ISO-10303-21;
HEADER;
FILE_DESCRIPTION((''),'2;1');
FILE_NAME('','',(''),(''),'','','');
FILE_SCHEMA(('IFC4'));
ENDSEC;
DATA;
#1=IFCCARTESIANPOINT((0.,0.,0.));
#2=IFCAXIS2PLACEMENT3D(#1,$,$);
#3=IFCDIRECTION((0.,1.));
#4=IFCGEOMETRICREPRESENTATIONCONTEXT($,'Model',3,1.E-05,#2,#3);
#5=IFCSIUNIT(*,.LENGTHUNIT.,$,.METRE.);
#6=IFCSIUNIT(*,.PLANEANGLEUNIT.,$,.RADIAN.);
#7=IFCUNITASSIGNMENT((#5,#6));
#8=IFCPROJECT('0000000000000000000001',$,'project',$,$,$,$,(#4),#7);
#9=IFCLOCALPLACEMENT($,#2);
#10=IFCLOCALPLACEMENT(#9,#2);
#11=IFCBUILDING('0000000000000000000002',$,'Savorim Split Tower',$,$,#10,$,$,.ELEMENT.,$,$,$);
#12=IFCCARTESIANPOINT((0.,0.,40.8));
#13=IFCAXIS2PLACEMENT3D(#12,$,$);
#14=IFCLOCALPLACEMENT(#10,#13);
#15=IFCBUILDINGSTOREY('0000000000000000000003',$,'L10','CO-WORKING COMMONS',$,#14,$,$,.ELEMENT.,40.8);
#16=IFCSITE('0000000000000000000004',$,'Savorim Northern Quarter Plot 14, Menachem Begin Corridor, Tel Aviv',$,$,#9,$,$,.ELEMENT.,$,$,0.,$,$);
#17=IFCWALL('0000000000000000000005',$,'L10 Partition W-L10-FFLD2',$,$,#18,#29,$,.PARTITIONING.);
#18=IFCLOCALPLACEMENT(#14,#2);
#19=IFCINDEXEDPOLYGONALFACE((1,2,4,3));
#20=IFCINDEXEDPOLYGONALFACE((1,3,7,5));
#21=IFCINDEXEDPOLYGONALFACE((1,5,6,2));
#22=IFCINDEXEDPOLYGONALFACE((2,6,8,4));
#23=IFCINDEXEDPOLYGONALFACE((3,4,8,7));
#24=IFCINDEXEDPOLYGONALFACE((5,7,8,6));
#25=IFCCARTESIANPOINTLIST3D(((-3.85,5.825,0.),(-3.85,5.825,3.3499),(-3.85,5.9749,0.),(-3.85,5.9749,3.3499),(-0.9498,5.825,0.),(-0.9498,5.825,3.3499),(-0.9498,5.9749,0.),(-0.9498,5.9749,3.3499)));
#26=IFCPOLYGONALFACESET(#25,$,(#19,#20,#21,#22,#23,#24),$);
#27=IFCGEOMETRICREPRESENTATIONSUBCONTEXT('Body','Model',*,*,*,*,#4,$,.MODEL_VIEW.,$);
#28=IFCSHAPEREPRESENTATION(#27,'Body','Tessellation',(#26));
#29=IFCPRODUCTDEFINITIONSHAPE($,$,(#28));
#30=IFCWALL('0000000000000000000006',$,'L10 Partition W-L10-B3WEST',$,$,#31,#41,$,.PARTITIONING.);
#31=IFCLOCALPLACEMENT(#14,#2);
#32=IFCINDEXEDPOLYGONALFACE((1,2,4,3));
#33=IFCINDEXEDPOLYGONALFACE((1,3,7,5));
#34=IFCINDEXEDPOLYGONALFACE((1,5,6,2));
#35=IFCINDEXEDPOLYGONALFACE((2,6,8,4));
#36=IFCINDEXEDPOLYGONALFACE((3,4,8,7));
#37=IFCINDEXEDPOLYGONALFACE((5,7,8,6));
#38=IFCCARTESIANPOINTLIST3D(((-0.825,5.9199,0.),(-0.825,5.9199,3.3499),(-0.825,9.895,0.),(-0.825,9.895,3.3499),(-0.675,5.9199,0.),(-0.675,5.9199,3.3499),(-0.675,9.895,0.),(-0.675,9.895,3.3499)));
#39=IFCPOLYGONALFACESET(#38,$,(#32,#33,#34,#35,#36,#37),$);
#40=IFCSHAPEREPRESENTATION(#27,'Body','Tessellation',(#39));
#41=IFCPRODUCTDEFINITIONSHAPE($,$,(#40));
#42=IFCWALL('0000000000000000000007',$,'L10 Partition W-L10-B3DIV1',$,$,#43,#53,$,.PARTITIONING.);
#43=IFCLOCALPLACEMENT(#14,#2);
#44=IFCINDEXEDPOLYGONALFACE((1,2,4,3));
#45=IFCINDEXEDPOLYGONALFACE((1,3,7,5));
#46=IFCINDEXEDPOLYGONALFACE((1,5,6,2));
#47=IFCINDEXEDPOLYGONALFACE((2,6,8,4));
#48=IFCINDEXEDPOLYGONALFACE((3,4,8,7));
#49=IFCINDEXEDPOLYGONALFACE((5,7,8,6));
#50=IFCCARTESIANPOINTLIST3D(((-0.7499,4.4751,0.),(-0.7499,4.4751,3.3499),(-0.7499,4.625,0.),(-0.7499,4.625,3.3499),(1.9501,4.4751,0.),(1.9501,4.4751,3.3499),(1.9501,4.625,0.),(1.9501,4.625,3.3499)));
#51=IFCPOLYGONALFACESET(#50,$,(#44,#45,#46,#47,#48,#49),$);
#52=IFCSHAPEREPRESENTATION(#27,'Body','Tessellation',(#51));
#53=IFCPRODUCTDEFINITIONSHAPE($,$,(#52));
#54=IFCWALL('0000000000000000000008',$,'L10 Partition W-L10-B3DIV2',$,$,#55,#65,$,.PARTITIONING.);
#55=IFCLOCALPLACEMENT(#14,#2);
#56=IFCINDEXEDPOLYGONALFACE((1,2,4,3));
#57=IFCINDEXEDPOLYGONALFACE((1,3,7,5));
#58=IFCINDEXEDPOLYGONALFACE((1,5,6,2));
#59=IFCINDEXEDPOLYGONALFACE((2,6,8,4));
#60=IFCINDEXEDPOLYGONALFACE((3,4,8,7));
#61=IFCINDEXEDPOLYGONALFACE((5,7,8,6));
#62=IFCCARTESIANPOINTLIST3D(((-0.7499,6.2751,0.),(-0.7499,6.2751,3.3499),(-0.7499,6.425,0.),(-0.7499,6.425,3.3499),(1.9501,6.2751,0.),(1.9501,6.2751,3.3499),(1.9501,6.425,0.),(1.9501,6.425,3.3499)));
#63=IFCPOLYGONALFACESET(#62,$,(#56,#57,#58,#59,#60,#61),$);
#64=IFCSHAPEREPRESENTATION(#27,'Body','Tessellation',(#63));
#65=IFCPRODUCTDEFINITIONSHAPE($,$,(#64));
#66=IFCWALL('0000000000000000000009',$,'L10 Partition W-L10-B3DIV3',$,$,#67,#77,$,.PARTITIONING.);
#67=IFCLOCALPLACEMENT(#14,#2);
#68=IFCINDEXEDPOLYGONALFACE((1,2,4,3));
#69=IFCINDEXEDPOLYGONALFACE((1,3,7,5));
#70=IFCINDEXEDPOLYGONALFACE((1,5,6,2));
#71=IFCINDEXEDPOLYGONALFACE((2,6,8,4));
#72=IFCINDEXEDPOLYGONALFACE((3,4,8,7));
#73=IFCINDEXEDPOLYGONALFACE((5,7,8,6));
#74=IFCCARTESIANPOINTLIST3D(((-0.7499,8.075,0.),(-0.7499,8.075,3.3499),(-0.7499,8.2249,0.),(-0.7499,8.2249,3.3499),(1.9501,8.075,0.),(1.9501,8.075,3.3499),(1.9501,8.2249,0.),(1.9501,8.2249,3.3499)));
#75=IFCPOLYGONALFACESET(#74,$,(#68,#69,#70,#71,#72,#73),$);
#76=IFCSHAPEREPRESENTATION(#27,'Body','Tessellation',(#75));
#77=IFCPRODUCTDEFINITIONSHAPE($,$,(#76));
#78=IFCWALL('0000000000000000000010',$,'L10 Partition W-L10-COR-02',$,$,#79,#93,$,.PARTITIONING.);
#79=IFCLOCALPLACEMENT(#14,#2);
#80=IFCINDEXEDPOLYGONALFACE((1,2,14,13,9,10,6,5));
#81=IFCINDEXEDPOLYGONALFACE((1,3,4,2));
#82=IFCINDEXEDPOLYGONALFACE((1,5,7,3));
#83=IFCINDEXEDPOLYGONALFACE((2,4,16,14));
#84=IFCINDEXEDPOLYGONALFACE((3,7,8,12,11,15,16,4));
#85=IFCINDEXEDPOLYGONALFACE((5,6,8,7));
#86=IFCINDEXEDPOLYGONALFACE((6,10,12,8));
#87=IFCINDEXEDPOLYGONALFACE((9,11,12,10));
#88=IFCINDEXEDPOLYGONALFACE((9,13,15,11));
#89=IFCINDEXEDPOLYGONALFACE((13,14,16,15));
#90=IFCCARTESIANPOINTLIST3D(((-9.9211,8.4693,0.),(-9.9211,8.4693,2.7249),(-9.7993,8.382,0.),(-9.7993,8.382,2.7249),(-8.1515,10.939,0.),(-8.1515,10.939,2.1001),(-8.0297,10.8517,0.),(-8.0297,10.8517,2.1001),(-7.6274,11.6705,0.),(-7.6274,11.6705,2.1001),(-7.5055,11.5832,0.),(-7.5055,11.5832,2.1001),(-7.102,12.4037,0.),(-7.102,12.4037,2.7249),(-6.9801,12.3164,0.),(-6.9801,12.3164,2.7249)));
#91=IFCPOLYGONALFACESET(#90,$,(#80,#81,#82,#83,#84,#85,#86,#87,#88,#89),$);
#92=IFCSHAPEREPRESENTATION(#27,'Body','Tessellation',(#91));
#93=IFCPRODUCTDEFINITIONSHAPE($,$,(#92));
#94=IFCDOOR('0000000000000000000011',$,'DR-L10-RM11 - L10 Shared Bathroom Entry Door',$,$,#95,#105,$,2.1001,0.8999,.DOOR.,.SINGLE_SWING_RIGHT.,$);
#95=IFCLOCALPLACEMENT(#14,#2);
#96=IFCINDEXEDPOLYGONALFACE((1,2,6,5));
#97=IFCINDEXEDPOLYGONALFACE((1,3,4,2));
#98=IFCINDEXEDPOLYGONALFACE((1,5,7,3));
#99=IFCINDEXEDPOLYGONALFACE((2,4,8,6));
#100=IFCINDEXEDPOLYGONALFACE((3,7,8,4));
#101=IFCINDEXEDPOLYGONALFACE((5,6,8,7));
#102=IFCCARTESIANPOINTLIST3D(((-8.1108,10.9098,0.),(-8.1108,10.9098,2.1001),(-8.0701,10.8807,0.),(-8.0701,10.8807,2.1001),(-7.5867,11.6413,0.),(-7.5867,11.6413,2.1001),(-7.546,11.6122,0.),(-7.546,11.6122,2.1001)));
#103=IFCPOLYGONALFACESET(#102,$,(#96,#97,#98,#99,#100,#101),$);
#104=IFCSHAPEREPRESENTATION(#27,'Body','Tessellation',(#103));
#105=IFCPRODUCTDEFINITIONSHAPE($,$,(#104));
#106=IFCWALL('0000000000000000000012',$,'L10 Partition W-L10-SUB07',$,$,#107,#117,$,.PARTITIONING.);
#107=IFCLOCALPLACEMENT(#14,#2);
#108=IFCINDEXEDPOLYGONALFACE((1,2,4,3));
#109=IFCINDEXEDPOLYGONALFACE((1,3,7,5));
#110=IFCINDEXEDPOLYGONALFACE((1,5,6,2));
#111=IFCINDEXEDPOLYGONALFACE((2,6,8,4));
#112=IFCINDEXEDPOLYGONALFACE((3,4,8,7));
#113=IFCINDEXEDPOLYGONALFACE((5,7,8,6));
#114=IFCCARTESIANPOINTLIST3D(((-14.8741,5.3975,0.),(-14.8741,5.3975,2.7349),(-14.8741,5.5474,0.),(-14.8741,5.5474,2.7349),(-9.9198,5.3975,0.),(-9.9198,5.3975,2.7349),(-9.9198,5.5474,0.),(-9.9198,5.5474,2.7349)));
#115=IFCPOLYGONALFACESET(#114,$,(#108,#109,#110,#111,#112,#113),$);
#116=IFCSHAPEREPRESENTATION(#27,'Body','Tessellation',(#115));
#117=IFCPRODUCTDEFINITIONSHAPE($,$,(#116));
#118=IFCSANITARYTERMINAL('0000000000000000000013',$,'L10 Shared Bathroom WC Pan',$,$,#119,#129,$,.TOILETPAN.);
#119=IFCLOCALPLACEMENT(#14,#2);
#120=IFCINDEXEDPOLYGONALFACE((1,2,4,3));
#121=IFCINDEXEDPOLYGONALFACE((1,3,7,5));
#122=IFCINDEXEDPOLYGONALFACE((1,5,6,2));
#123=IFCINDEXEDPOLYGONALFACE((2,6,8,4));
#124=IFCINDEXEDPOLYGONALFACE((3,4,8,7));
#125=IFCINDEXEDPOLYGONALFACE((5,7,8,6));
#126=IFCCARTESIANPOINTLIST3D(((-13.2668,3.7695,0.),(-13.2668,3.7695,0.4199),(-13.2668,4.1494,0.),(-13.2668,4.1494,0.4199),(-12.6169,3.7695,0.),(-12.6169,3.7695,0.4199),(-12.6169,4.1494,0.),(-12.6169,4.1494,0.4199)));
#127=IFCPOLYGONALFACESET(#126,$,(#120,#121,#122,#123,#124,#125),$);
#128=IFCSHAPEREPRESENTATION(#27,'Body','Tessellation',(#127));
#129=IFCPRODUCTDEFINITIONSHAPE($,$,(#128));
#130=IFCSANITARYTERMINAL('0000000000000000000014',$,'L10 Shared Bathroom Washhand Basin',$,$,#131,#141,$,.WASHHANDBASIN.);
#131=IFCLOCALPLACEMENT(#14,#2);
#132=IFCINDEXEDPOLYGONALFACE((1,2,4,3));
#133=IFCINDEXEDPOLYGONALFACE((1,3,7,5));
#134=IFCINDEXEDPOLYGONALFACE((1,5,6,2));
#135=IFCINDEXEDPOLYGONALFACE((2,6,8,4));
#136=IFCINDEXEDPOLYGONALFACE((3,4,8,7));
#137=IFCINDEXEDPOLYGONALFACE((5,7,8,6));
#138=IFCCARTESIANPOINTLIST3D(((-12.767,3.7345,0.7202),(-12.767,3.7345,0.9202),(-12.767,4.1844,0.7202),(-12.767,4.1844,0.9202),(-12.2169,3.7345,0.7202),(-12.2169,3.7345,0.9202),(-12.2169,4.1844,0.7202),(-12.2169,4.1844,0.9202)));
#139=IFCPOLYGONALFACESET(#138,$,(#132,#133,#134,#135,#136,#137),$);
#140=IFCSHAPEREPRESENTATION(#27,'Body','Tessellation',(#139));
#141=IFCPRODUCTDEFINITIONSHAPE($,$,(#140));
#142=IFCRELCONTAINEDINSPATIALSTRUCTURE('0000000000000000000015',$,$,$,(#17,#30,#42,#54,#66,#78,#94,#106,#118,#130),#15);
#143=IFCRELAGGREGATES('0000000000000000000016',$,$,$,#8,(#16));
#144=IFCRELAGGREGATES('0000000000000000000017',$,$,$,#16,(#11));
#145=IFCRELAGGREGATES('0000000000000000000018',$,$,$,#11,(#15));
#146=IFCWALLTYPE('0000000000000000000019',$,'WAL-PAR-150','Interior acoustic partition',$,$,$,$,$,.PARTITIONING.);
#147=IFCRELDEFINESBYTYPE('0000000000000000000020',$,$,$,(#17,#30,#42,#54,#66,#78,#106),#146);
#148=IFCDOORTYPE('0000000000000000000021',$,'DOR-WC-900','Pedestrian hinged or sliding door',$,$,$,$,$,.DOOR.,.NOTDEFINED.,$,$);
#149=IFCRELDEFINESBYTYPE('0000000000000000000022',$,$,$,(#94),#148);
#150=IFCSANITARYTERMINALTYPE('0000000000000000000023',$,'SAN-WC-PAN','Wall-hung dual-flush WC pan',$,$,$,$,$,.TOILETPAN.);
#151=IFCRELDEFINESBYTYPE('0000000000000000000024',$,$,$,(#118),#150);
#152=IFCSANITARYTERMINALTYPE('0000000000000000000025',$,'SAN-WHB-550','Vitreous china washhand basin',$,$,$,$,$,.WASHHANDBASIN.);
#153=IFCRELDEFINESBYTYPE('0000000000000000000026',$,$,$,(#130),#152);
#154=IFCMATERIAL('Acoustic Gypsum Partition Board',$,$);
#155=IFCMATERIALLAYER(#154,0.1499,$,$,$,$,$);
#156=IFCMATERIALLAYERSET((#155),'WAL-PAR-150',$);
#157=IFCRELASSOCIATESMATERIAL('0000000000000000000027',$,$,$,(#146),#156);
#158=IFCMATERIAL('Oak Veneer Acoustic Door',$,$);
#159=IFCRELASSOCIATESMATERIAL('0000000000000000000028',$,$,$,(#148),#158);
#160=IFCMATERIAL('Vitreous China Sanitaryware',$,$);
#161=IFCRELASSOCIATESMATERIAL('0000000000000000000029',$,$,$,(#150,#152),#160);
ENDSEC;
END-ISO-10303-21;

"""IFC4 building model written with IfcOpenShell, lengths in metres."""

from ifc_helpers import new_model, si_unit, direction, frame, frame_2d, origin, origin_2d, place, context, subcontext, project, spatial, rectangle, extrude, material, layer, layer_set, type_object, element, fill, save


model = new_model("IFC4")

# Units and contexts
model_context = context("Model", 3, precision=1e-05, world=origin(), true_north=direction((0.0, 1.0)))
body_context = subcontext(model_context, "Body", "Model", "MODEL_VIEW")
ifc_project = project(units=[si_unit("LENGTHUNIT", "METRE"), si_unit("PLANEANGLEUNIT", "RADIAN")], contexts=[model_context])

# Site, building, storey
site_placement = place(None, origin())
site = spatial("IfcSite", under=ifc_project, at=site_placement, Name="Savorim Northern Quarter Plot 14, Menachem Begin Corridor, Tel Aviv", CompositionType="ELEMENT", RefElevation=0.0)
building_placement = place(site_placement, origin())
building = spatial("IfcBuilding", under=site, at=building_placement, Name="Savorim Split Tower", CompositionType="ELEMENT")
storey_placement = place(building_placement, frame((0.0, 0.0, 40.8)))
storey = spatial("IfcBuildingStorey", under=building, at=storey_placement, Name="L10", Description="CO-WORKING COMMONS", CompositionType="ELEMENT", Elevation=40.8)

# Walls
ifc_material_1 = material(Name="Acoustic Gypsum Partition Board")
ifc_layer_1 = layer(ifc_material_1, 0.1499)
ifc_layer_set_1 = layer_set([ifc_layer_1], Name="WAL-PAR-150")
wall_type_1 = type_object("IfcWallType", Name="WAL-PAR-150", Description="Interior acoustic partition", PredefinedType="PARTITIONING", material=ifc_layer_set_1)
wall_1_placement = place(storey_placement, frame((-3.8501, 5.8999, 0.0), z_axis=(0.0, 0.0, 1.0), x_axis=(1.0, 0.0, 0.0)))
element("IfcWall", 1, at=wall_1_placement, inside=storey, type_object=wall_type_1, Name="L10 Partition W-L10-FFLD2", PredefinedType="PARTITIONING", context=body_context, shape_type="SweptSolid", body=[
    extrude(rectangle(XDim=2.9001, YDim=0.1499, at=frame_2d((1.4502, 0.0))), origin(), (0.0, 0.0, 1.0), 3.3499),
])
wall_2_placement = place(storey_placement, frame((-0.75, 5.9199, 0.0), z_axis=(0.0, 0.0, 1.0), x_axis=(0.0, 1.0, 0.0)))
element("IfcWall", 2, at=wall_2_placement, inside=storey, type_object=wall_type_1, Name="L10 Partition W-L10-B3WEST", PredefinedType="PARTITIONING", context=body_context, shape_type="SweptSolid", body=[
    extrude(rectangle(XDim=3.9751, YDim=0.1499, at=frame_2d((1.9875, 0.0))), origin(), (0.0, 0.0, 1.0), 3.3499),
])
for number, where, z_axis, x_axis, name in (
    (3, (-0.75, 4.55, 0.0), (0.0, 0.0, 1.0), (1.0, 0.0, 0.0), "L10 Partition W-L10-B3DIV1"),
    (4, (-0.75, 6.3501, 0.0), (0.0, 0.0, 1.0), (1.0, 0.0, 0.0), "L10 Partition W-L10-B3DIV2"),
    (5, (-0.75, 8.1499, 0.0), (0.0, 0.0, 1.0), (1.0, 0.0, 0.0), "L10 Partition W-L10-B3DIV3"),
):
    element("IfcWall", number, at=place(storey_placement, frame(where, z_axis=z_axis, x_axis=x_axis)), inside=storey, type_object=wall_type_1, Name=name, PredefinedType="PARTITIONING", context=body_context, shape_type="SweptSolid", body=[
        extrude(rectangle(XDim=2.7, YDim=0.1499, at=frame_2d((1.3501, 0.0))), origin(), (0.0, 0.0, 1.0), 3.3499),
    ])

# Wall, opening, door
wall_3_placement = place(storey_placement, frame((-9.8601, 8.4258, 0.0), z_axis=(0.0, 0.0, 1.0), x_axis=(0.58245, 0.812867, 0.0)))
wall_3 = element("IfcWall", 6, at=wall_3_placement, inside=storey, type_object=wall_type_1, Name="L10 Partition W-L10-COR-02", PredefinedType="PARTITIONING", context=body_context, shape_type="SweptSolid", body=[
    extrude(rectangle(XDim=4.8401, YDim=0.1499, at=frame_2d((2.4199, 0.0))), origin(), (0.0, 0.0, 1.0), 2.7249),
])
opening_1_placement = place(wall_3_placement, frame((3.0381, 0.0, 0.0)))
opening_1 = element("IfcOpeningElement", 7, at=opening_1_placement, cuts=wall_3, PredefinedType="OPENING", context=body_context, shape_type="SweptSolid", body=[
    extrude(rectangle(XDim=0.8999, YDim=2.1001, at=frame_2d((0.45, 1.05))), frame((0.0, 0.085, 0.0), z_axis=(0.0, -1.0, 0.0), x_axis=(1.0, 0.0, 0.0)), (0.0, 0.0, 1.0), 0.1699),
])
ifc_material_2 = material(Name="Oak Veneer Acoustic Door")
door_type_1 = type_object("IfcDoorType", Name="DOR-WC-900", Description="Pedestrian hinged or sliding door", OperationType="NOTDEFINED", PredefinedType="DOOR", material=ifc_material_2)
door_1_placement = place(opening_1_placement, origin())
door_1 = element("IfcDoor", 8, at=door_1_placement, inside=storey, type_object=door_type_1, Name="DR-L10-RM11 - L10 Shared Bathroom Entry Door", OperationType="SINGLE_SWING_RIGHT", OverallHeight=2.1001, OverallWidth=0.8999, PredefinedType="DOOR", context=body_context, shape_type="SweptSolid", body=[
    extrude(rectangle(XDim=0.8999, YDim=2.1001, at=frame_2d((0.45, 1.05))), frame((0.0, 0.0249, 0.0), z_axis=(0.0, -1.0, 0.0), x_axis=(1.0, 0.0, 0.0)), (0.0, 0.0, 1.0), 0.05),
])
fill(opening_1, door_1)

# Wall
wall_4_placement = place(storey_placement, frame((-9.9199, 5.4724, 0.0), z_axis=(0.0, 0.0, 1.0), x_axis=(-1.0, 0.0, 0.0)))
element("IfcWall", 9, at=wall_4_placement, inside=storey, type_object=wall_type_1, Name="L10 Partition W-L10-SUB07", PredefinedType="PARTITIONING", context=body_context, shape_type="SweptSolid", body=[
    extrude(rectangle(XDim=4.9543, YDim=0.1499, at=frame_2d((2.4771, 0.0))), origin(), (0.0, 0.0, 1.0), 2.7349),
])

# Sanitary terminals
ifc_material_3 = material(Name="Vitreous China Sanitaryware")
sanitary_terminal_type_1 = type_object("IfcSanitaryTerminalType", Name="SAN-WC-PAN", Description="Wall-hung dual-flush WC pan", PredefinedType="TOILETPAN", material=ifc_material_3)
sanitary_terminal_1_placement = place(storey_placement, frame((-12.9419, 3.9595, 0.0), z_axis=(0.0, 0.0, 1.0), x_axis=(1.0, 0.0, 0.0)))
element("IfcSanitaryTerminal", 10, at=sanitary_terminal_1_placement, inside=storey, type_object=sanitary_terminal_type_1, Name="L10 Shared Bathroom WC Pan", PredefinedType="TOILETPAN", context=body_context, shape_type="SweptSolid", body=[
    extrude(rectangle(XDim=0.6499, YDim=0.3799, at=origin_2d()), origin(), (0.0, 0.0, 1.0), 0.4199),
])
sanitary_terminal_type_2 = type_object("IfcSanitaryTerminalType", Name="SAN-WHB-550", Description="Vitreous china washhand basin", PredefinedType="WASHHANDBASIN", material=ifc_material_3)
sanitary_terminal_2_placement = place(storey_placement, frame((-12.4919, 3.9595, 0.7202), z_axis=(0.0, 0.0, 1.0), x_axis=(1.0, 0.0, 0.0)))
element("IfcSanitaryTerminal", 11, at=sanitary_terminal_2_placement, inside=storey, type_object=sanitary_terminal_type_2, Name="L10 Shared Bathroom Washhand Basin", PredefinedType="WASHHANDBASIN", context=body_context, shape_type="SweptSolid", body=[
    extrude(rectangle(XDim=0.55, YDim=0.45, at=origin_2d()), origin(), (0.0, 0.0, 1.0), 0.2),
])

save(model, "model.ifc")
